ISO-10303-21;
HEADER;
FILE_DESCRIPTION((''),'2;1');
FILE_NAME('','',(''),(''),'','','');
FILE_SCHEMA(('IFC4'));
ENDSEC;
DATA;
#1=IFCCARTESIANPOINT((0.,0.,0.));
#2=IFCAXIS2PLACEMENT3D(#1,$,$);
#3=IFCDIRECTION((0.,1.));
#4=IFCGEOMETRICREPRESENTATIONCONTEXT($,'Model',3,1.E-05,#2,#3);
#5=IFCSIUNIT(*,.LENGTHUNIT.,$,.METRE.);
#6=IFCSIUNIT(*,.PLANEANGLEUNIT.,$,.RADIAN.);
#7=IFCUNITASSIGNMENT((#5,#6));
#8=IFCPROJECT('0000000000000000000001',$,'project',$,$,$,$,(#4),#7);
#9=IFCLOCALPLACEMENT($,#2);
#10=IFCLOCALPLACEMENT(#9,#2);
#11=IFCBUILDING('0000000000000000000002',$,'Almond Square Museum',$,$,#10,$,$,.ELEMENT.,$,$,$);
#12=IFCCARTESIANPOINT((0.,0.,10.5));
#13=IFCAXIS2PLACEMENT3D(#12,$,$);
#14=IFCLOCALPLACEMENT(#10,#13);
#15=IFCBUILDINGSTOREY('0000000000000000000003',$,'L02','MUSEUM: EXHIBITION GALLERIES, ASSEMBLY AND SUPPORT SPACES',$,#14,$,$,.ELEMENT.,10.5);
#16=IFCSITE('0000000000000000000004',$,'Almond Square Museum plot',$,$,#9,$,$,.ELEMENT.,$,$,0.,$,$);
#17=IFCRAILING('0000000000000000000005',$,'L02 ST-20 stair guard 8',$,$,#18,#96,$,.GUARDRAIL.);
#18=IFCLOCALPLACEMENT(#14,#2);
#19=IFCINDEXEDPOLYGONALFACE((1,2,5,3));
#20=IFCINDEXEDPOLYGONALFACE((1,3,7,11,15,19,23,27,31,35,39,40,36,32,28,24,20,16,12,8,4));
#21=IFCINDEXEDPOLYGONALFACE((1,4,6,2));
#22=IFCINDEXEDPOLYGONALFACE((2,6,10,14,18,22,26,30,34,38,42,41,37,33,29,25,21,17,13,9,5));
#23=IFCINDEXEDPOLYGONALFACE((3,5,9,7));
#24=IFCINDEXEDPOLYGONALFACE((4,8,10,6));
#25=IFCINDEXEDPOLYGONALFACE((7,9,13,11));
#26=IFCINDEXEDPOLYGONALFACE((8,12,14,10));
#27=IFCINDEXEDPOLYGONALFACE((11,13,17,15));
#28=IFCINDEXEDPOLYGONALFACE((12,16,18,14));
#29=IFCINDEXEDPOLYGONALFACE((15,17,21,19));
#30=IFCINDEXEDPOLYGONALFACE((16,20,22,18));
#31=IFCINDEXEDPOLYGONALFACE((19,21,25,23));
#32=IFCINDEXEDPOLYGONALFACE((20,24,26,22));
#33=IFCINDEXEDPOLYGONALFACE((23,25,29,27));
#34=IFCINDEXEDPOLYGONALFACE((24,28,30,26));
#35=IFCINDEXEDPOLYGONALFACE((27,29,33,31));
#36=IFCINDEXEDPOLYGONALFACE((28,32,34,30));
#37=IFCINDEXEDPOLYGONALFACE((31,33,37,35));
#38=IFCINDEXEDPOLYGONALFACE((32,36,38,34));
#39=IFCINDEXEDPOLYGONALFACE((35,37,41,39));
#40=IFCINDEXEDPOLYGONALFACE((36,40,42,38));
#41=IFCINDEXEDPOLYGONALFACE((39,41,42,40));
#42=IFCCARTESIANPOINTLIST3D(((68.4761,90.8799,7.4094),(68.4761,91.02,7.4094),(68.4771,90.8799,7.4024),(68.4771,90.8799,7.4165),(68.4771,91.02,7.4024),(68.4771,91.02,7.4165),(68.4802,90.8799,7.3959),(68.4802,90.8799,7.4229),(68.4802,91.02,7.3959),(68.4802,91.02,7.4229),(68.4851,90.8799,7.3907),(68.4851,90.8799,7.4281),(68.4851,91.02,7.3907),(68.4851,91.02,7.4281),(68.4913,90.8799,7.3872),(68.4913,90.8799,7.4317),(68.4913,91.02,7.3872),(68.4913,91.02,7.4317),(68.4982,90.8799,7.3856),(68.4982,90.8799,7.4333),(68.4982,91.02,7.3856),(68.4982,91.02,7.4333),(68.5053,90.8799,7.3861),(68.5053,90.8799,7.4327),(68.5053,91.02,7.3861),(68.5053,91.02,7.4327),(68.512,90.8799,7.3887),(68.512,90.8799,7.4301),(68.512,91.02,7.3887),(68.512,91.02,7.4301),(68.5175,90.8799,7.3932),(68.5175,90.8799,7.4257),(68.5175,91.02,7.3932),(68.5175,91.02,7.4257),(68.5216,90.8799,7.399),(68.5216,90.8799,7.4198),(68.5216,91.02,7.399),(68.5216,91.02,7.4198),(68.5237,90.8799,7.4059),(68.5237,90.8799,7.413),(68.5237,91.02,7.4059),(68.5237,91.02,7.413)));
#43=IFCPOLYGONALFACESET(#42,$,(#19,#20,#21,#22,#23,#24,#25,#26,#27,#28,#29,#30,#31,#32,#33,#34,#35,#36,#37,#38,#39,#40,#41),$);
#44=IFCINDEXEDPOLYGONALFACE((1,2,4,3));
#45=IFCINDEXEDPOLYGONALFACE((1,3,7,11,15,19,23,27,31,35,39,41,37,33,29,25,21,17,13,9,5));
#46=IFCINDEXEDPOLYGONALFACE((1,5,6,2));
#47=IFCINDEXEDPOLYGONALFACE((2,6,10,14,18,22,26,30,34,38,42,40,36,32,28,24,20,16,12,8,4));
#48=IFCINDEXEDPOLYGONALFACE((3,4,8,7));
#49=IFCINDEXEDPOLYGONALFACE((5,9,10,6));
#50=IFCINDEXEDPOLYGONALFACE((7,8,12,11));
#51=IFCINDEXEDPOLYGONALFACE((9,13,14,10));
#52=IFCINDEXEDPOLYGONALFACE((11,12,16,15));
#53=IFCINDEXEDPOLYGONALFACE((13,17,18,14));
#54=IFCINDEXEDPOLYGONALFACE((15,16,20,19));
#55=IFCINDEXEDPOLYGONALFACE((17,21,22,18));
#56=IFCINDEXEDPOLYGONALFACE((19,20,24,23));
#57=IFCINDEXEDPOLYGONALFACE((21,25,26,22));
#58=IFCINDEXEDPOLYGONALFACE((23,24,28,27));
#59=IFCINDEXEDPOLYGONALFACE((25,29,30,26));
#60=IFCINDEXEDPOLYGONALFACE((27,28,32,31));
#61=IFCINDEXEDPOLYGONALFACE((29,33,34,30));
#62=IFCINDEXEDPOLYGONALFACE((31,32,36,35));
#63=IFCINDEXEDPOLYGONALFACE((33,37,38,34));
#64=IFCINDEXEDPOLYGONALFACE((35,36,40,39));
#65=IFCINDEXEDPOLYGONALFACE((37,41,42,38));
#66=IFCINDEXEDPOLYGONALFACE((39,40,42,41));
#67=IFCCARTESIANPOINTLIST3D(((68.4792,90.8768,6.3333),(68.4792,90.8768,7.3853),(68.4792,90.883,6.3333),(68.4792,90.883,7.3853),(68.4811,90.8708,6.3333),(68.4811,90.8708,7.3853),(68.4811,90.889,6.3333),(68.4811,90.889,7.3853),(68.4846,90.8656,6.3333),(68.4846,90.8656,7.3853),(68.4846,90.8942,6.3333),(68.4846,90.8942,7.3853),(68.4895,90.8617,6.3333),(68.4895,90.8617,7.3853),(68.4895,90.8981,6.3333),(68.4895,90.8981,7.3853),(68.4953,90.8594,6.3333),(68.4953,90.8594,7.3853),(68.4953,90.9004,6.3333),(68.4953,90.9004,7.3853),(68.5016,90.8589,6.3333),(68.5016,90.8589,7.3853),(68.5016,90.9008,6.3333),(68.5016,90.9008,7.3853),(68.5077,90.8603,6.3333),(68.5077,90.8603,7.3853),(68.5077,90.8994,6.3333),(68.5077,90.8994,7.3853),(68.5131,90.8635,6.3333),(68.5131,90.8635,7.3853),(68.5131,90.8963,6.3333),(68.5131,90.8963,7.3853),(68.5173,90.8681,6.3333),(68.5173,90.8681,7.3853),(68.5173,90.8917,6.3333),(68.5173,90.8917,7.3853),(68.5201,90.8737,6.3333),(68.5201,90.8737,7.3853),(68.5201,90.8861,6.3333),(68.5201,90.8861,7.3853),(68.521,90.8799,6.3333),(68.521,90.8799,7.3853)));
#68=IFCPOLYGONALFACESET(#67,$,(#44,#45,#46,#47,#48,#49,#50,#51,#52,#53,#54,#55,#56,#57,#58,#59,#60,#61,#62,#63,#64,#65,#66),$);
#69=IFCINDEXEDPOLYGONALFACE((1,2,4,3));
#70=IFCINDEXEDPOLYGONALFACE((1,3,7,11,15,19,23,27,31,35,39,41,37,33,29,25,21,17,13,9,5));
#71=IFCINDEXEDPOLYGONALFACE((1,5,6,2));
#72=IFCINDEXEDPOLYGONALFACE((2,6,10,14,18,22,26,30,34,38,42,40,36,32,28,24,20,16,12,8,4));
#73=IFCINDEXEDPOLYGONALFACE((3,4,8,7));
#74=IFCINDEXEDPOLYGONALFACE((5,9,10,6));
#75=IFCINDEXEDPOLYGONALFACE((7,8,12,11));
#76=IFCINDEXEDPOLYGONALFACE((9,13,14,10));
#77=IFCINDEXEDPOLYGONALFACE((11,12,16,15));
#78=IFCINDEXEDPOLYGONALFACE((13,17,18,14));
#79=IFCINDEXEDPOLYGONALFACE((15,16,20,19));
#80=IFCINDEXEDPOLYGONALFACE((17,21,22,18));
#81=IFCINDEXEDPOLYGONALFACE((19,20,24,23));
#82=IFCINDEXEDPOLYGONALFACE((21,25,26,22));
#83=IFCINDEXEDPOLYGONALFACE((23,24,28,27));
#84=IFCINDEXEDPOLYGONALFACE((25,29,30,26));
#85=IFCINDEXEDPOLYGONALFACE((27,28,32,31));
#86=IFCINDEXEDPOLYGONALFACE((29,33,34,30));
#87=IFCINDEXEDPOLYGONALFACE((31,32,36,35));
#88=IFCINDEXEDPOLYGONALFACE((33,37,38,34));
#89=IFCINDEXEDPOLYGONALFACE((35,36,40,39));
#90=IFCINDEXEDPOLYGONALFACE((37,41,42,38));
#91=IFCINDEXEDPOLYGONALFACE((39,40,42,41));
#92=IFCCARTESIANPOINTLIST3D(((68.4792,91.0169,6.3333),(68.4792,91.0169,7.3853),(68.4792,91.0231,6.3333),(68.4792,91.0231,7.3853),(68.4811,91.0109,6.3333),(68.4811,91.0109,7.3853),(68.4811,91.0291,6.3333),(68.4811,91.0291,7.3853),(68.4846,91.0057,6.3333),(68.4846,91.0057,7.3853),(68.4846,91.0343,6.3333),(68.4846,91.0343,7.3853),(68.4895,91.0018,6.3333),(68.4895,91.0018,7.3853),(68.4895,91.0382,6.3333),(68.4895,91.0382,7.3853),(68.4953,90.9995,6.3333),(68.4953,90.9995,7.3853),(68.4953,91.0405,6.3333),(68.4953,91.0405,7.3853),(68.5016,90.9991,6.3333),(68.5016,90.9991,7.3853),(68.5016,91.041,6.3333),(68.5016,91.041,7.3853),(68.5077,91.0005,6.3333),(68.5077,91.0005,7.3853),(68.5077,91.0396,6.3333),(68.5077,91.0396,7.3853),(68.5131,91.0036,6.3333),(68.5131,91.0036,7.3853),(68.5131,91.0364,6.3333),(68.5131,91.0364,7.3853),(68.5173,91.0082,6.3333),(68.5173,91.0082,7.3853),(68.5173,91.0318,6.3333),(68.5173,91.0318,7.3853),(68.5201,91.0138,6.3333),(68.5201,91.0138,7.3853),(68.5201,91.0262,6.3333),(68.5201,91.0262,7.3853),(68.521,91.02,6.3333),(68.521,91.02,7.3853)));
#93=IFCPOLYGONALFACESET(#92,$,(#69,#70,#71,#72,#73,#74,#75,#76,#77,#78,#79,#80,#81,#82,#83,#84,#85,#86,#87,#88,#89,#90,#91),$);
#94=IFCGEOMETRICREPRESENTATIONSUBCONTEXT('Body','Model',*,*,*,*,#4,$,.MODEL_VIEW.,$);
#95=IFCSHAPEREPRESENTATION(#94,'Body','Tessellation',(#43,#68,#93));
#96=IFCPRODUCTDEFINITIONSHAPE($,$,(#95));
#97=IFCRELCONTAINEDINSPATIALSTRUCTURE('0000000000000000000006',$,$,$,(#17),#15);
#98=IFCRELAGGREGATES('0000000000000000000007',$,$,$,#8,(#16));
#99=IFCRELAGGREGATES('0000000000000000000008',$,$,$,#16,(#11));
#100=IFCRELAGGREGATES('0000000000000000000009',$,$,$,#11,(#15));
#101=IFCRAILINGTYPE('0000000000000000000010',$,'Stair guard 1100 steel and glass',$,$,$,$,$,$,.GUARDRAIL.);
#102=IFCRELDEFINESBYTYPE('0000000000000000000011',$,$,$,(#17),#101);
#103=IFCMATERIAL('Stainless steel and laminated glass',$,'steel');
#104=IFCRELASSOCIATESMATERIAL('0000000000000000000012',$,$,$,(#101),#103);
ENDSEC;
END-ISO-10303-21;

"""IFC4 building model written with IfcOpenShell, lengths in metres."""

from ifc_helpers import new_model, si_unit, direction, frame, origin, origin_2d, place, context, subcontext, project, spatial, circle, extrude, material, type_object, element, save


model = new_model("IFC4")

# Units and contexts
model_context = context("Model", 3, precision=1e-05, world=origin(), true_north=direction((0.0, 1.0)))
body_context = subcontext(model_context, "Body", "Model", "MODEL_VIEW")
ifc_project = project(units=[si_unit("LENGTHUNIT", "METRE"), si_unit("PLANEANGLEUNIT", "RADIAN")], contexts=[model_context])

# Site, building, storey
site_placement = place(None, origin())
site = spatial("IfcSite", under=ifc_project, at=site_placement, Name="Almond Square Museum plot", CompositionType="ELEMENT", RefElevation=0.0)
building_placement = place(site_placement, origin())
building = spatial("IfcBuilding", under=site, at=building_placement, Name="Almond Square Museum", CompositionType="ELEMENT")
storey_placement = place(building_placement, frame((0.0, 0.0, 10.5)))
storey = spatial("IfcBuildingStorey", under=building, at=storey_placement, Name="L02", Description="MUSEUM: EXHIBITION GALLERIES, ASSEMBLY AND SUPPORT SPACES", CompositionType="ELEMENT", Elevation=10.5)

# Railing
ifc_material_1 = material(Name="Stainless steel and laminated glass", Category="steel")
railing_type_1 = type_object("IfcRailingType", Name="Stair guard 1100 steel and glass", PredefinedType="GUARDRAIL", material=ifc_material_1)
railing_1_placement = place(storey_placement, frame((68.5, 90.8799, 6.3333)))
element("IfcRailing", 1, at=railing_1_placement, inside=storey, type_object=railing_type_1, Name="L02 ST-20 stair guard 8", PredefinedType="GUARDRAIL", context=body_context, shape_type="SweptSolid", body=[
    extrude(circle(Radius=0.0239, at=origin_2d()), frame((0.0, 0.0, 1.0762), z_axis=(0.0, 1.0, 0.0), x_axis=(-1.0, 0.0, 0.0)), (0.0, 0.0, 1.0), 0.1401),
    extrude(circle(Radius=0.021, at=origin_2d()), origin(), (0.0, 0.0, 1.0), 1.052),
    extrude(circle(Radius=0.021, at=origin_2d()), frame((0.0, 0.1401, 0.0)), (0.0, 0.0, 1.0), 1.052),
])

save(model, "model.ifc")
